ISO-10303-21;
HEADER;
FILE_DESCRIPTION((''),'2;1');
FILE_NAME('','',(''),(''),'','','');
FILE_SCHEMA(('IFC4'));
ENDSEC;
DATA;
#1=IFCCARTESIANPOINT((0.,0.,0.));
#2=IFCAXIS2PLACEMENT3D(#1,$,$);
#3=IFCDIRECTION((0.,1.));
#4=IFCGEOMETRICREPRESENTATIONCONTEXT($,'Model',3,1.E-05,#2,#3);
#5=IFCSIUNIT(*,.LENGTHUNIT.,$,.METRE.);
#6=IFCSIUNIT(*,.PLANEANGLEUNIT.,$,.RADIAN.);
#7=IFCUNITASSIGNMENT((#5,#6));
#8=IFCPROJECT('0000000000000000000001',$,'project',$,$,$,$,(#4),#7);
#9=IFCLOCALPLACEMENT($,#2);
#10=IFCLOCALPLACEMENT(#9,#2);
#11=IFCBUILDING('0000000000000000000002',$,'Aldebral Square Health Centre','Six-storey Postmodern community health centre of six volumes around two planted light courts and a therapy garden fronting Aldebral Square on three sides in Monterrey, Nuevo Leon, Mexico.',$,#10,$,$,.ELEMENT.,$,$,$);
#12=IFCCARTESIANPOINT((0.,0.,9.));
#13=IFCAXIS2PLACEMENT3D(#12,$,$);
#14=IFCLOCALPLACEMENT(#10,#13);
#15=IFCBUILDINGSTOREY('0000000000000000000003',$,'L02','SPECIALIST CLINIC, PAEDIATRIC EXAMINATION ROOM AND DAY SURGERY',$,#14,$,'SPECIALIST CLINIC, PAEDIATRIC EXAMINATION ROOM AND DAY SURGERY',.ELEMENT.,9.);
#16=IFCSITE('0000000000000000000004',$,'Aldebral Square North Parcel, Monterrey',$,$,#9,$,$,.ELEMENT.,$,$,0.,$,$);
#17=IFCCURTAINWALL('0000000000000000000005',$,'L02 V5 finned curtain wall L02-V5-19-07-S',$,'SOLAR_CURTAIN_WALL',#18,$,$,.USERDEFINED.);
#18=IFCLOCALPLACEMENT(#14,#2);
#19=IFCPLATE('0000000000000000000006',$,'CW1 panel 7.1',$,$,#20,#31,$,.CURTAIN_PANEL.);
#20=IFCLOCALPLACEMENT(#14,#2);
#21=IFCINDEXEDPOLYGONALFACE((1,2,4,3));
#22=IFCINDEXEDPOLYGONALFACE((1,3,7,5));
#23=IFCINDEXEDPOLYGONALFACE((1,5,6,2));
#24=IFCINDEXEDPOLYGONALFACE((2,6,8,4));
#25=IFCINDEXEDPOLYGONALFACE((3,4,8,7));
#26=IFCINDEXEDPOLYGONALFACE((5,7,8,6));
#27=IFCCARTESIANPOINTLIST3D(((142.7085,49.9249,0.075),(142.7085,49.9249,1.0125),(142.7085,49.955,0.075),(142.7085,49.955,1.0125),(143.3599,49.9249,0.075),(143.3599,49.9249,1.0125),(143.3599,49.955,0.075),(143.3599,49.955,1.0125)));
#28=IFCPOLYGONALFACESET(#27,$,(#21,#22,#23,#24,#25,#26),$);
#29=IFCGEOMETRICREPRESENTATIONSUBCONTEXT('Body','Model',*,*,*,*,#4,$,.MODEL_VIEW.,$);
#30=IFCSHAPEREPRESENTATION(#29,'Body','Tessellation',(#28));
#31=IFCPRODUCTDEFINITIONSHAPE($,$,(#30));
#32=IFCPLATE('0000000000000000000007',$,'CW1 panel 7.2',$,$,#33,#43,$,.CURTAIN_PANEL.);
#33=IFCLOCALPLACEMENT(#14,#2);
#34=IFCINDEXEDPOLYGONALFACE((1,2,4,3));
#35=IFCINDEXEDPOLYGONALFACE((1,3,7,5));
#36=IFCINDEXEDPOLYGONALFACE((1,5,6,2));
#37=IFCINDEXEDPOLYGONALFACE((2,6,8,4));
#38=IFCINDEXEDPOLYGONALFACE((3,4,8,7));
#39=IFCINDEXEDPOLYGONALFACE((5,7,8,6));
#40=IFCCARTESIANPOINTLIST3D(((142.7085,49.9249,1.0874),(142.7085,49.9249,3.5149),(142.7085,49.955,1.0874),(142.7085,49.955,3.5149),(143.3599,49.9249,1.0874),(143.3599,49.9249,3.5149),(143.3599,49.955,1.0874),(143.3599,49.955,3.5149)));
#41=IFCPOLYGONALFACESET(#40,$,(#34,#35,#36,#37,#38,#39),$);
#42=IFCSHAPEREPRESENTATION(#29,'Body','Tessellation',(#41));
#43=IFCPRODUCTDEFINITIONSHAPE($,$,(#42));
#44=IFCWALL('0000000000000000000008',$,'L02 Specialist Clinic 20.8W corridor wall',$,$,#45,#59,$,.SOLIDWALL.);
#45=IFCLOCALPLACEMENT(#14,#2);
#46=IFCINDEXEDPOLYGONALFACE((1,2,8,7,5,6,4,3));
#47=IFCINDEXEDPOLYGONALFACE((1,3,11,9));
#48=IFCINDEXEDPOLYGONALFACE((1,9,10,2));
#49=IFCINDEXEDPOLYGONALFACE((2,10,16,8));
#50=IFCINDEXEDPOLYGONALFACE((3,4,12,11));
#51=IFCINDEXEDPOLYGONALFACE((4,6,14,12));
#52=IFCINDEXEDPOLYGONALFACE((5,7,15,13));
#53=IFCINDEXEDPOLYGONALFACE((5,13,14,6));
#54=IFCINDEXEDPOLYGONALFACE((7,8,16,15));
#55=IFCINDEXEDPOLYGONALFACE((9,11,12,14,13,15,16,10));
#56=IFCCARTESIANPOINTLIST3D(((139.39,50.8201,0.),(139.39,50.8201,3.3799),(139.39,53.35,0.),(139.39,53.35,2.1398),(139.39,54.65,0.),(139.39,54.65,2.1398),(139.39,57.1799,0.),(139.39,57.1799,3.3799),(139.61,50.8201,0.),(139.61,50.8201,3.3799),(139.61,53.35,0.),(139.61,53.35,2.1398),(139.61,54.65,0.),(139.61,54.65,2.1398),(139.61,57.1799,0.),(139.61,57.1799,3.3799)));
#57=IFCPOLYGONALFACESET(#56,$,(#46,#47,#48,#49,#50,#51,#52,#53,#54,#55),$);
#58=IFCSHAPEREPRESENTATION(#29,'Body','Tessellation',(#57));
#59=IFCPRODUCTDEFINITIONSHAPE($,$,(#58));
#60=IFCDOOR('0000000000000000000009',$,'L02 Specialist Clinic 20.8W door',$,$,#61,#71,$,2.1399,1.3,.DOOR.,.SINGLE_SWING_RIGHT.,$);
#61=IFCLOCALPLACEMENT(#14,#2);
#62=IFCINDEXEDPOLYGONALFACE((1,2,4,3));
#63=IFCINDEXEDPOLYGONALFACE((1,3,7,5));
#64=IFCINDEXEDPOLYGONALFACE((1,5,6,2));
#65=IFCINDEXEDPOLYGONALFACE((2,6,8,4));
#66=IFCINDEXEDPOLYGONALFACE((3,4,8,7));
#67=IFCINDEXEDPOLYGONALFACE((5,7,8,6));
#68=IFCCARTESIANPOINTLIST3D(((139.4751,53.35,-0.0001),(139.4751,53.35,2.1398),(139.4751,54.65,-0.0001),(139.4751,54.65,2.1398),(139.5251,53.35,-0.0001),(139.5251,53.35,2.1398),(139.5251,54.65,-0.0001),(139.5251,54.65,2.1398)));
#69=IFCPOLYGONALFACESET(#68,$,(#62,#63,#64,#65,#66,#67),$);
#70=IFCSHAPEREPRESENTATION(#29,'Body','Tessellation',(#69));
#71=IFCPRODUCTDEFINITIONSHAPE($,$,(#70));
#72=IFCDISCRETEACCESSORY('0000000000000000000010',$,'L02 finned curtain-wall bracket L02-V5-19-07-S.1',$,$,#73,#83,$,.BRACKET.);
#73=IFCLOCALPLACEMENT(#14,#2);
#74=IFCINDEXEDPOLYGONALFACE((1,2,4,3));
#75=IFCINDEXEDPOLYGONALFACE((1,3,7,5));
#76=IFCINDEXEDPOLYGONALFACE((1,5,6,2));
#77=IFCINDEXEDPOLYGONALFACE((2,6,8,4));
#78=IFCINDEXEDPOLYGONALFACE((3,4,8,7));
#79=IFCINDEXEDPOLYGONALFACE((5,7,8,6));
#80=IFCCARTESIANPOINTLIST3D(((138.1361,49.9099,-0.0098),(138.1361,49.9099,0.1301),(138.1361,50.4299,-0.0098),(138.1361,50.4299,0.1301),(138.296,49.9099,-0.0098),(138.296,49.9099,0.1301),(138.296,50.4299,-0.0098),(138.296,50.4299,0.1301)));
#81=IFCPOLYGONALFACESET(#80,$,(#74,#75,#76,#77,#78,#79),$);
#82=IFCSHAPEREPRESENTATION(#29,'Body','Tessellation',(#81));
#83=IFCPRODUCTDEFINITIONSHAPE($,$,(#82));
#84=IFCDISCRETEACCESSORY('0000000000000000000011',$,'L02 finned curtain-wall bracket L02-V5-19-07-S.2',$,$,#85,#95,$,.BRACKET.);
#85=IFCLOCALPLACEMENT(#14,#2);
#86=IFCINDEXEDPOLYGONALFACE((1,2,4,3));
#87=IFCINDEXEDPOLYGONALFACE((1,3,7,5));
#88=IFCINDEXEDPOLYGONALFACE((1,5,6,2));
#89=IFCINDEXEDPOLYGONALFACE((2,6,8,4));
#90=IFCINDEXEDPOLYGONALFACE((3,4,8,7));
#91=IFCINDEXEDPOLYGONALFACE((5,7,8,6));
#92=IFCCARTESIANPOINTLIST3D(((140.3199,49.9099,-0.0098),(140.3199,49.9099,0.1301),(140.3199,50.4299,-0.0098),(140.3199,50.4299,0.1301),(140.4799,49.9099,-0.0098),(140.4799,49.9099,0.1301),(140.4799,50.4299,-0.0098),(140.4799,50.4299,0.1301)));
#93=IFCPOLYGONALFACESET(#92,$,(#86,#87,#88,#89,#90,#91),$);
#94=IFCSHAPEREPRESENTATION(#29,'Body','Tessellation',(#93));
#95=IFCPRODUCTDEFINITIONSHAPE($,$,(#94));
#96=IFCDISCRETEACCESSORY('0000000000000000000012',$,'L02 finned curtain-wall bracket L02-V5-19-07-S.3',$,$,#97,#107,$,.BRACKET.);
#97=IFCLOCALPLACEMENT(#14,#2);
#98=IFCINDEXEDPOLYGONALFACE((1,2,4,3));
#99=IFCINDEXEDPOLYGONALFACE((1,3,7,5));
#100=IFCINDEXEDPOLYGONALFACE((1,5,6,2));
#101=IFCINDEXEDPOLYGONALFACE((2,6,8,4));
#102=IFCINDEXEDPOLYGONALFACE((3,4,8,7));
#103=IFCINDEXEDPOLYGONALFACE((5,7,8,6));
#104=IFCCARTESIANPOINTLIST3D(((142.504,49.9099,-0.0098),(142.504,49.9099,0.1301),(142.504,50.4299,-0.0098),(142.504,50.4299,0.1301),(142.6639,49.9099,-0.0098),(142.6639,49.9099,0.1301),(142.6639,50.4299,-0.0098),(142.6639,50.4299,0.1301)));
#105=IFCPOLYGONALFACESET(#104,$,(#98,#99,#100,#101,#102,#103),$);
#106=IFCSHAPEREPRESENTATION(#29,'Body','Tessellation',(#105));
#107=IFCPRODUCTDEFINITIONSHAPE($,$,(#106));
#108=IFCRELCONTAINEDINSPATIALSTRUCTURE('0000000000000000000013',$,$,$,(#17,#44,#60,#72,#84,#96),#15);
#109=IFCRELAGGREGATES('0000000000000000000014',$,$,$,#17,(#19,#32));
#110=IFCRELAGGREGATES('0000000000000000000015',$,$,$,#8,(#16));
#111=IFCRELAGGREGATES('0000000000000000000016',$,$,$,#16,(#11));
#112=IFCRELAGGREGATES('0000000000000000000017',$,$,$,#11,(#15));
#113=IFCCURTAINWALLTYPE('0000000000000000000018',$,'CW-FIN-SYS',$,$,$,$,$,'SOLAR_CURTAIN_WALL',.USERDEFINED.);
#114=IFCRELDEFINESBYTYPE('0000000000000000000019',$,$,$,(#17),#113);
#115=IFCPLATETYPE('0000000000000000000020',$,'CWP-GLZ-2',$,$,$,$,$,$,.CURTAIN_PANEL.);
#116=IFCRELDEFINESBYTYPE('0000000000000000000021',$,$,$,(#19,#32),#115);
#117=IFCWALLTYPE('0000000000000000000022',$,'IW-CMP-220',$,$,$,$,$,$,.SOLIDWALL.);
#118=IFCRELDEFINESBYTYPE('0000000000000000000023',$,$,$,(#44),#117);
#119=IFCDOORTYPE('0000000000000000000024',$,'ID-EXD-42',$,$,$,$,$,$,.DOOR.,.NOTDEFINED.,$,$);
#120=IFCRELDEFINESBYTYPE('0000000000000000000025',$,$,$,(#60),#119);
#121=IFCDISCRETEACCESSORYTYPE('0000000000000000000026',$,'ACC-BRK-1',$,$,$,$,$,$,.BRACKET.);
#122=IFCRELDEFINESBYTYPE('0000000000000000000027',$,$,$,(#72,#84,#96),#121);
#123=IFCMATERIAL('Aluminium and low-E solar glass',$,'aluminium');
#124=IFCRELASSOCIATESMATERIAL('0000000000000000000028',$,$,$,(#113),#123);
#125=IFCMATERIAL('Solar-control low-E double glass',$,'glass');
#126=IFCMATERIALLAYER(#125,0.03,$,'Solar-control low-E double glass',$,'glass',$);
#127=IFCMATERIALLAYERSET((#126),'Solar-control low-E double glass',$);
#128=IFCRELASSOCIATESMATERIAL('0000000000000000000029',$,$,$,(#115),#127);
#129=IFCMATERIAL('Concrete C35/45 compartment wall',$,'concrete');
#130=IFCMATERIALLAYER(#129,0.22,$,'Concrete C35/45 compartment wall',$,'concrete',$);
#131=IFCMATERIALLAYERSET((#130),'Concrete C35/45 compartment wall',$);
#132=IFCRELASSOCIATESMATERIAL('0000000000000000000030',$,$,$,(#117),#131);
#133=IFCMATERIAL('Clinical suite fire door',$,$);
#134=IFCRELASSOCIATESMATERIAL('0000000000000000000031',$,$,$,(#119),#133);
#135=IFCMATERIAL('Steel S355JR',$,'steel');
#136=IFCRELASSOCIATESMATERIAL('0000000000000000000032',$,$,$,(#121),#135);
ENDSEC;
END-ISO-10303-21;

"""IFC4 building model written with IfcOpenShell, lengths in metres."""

from ifc_helpers import new_model, si_unit, direction, frame, frame_2d, origin, origin_2d, place, context, subcontext, project, spatial, rectangle, extrude, material, layer, layer_set, type_object, element, fill, aggregate, save


model = new_model("IFC4")

# Units and contexts
model_context = context("Model", 3, precision=1e-05, world=origin(), true_north=direction((0.0, 1.0)))
body_context = subcontext(model_context, "Body", "Model", "MODEL_VIEW")
ifc_project = project(units=[si_unit("LENGTHUNIT", "METRE"), si_unit("PLANEANGLEUNIT", "RADIAN")], contexts=[model_context])

# Site, building, storey
site_placement = place(None, origin())
site = spatial("IfcSite", under=ifc_project, at=site_placement, Name="Aldebral Square North Parcel, Monterrey", CompositionType="ELEMENT", RefElevation=0.0)
building_placement = place(site_placement, origin())
building = spatial("IfcBuilding", under=site, at=building_placement, Name="Aldebral Square Health Centre", Description="Six-storey Postmodern community health centre of six volumes around two planted light courts and a therapy garden fronting Aldebral Square on three sides in Monterrey, Nuevo Leon, Mexico.", CompositionType="ELEMENT")
storey_placement = place(building_placement, frame((0.0, 0.0, 9.0)))
storey = spatial("IfcBuildingStorey", under=building, at=storey_placement, Name="L02", Description="SPECIALIST CLINIC, PAEDIATRIC EXAMINATION ROOM AND DAY SURGERY", LongName="SPECIALIST CLINIC, PAEDIATRIC EXAMINATION ROOM AND DAY SURGERY", CompositionType="ELEMENT", Elevation=9.0)

# Curtain wall, plates
ifc_material_1 = material(Name="Aluminium and low-E solar glass", Category="aluminium")
curtain_wall_type = type_object("IfcCurtainWallType", Name="CW-FIN-SYS", ElementType="SOLAR_CURTAIN_WALL", PredefinedType="USERDEFINED", material=ifc_material_1)
curtain_wall_placement = place(storey_placement, origin())
curtain_wall = element("IfcCurtainWall", 1, at=curtain_wall_placement, inside=storey, type_object=curtain_wall_type, Name="L02 V5 finned curtain wall L02-V5-19-07-S", ObjectType="SOLAR_CURTAIN_WALL", PredefinedType="USERDEFINED")
ifc_material_2 = material(Name="Solar-control low-E double glass", Category="glass")
ifc_layer_1 = layer(ifc_material_2, 0.03, Name="Solar-control low-E double glass", Category="glass")
ifc_layer_set_1 = layer_set([ifc_layer_1], Name="Solar-control low-E double glass")
plate_type = type_object("IfcPlateType", Name="CWP-GLZ-2", PredefinedType="CURTAIN_PANEL", material=ifc_layer_set_1)
plate_1_placement = place(storey_placement, frame((143.0342, 49.9399, 0.075), z_axis=(0.0, 0.0, 1.0), x_axis=(1.0, 0.0, 0.0)))
plate_1 = element("IfcPlate", 2, at=plate_1_placement, type_object=plate_type, Name="CW1 panel 7.1", PredefinedType="CURTAIN_PANEL", context=body_context, shape_type="SweptSolid", body=[
    extrude(rectangle(XDim=0.6514, YDim=0.03, at=origin_2d()), origin(), (0.0, 0.0, 1.0), 0.9375),
])
plate_2_placement = place(storey_placement, frame((143.0342, 49.9399, 1.0874), z_axis=(0.0, 0.0, 1.0), x_axis=(1.0, 0.0, 0.0)))
plate_2 = element("IfcPlate", 3, at=plate_2_placement, type_object=plate_type, Name="CW1 panel 7.2", PredefinedType="CURTAIN_PANEL", context=body_context, shape_type="SweptSolid", body=[
    extrude(rectangle(XDim=0.6514, YDim=0.03, at=origin_2d()), origin(), (0.0, 0.0, 1.0), 2.4275),
])
aggregate(curtain_wall, [plate_1, plate_2])

# Wall, opening, door
ifc_material_3 = material(Name="Concrete C35/45 compartment wall", Category="concrete")
ifc_layer_2 = layer(ifc_material_3, 0.22, Name="Concrete C35/45 compartment wall", Category="concrete")
ifc_layer_set_2 = layer_set([ifc_layer_2], Name="Concrete C35/45 compartment wall")
wall_type = type_object("IfcWallType", Name="IW-CMP-220", PredefinedType="SOLIDWALL", material=ifc_layer_set_2)
wall_placement = place(storey_placement, frame((139.5, 50.8201, 0.0), z_axis=(0.0, 0.0, 1.0), x_axis=(0.0, 1.0, 0.0)))
wall = element("IfcWall", 4, at=wall_placement, inside=storey, type_object=wall_type, Name="L02 Specialist Clinic 20.8W corridor wall", PredefinedType="SOLIDWALL", context=body_context, shape_type="SweptSolid", body=[
    extrude(rectangle(XDim=6.3599, YDim=0.22, at=frame_2d((3.1799, 0.0))), origin(), (0.0, 0.0, 1.0), 3.3799),
])
opening_placement = place(wall_placement, frame((2.53, 0.0, 0.0)))
opening = element("IfcOpeningElement", 5, at=opening_placement, cuts=wall, PredefinedType="OPENING", context=body_context, shape_type="SweptSolid", body=[
    extrude(rectangle(XDim=1.3, YDim=2.1399, at=frame_2d((0.6499, 1.0698))), frame((0.0, 0.1201, 0.0), z_axis=(0.0, -1.0, 0.0), x_axis=(1.0, 0.0, 0.0)), (0.0, 0.0, 1.0), 0.24),
])
ifc_material_4 = material(Name="Clinical suite fire door")
door_type = type_object("IfcDoorType", Name="ID-EXD-42", OperationType="NOTDEFINED", PredefinedType="DOOR", material=ifc_material_4)
door_placement = place(opening_placement, origin())
door = element("IfcDoor", 6, at=door_placement, inside=storey, type_object=door_type, Name="L02 Specialist Clinic 20.8W door", OperationType="SINGLE_SWING_RIGHT", OverallHeight=2.1399, OverallWidth=1.3, PredefinedType="DOOR", context=body_context, shape_type="SweptSolid", body=[
    extrude(rectangle(XDim=1.3, YDim=2.1399, at=frame_2d((0.6499, 1.0698))), frame((0.0, 0.0249, 0.0), z_axis=(0.0, -1.0, 0.0), x_axis=(1.0, 0.0, 0.0)), (0.0, 0.0, 1.0), 0.05),
])
fill(opening, door)

# Discrete accessories
ifc_material_5 = material(Name="Steel S355JR", Category="steel")
discrete_accessory_type = type_object("IfcDiscreteAccessoryType", Name="ACC-BRK-1", PredefinedType="BRACKET", material=ifc_material_5)
for number, where, z_axis, x_axis, name in (
    (7, (138.2161, 50.1699, -0.0098), (0.0, 0.0, 1.0), (1.0, 0.0, 0.0), "L02 finned curtain-wall bracket L02-V5-19-07-S.1"),
    (8, (140.3999, 50.1699, -0.0098), (0.0, 0.0, 1.0), (1.0, 0.0, 0.0), "L02 finned curtain-wall bracket L02-V5-19-07-S.2"),
    (9, (142.584, 50.1699, -0.0098), (0.0, 0.0, 1.0), (1.0, 0.0, 0.0), "L02 finned curtain-wall bracket L02-V5-19-07-S.3"),
):
    element("IfcDiscreteAccessory", number, at=place(storey_placement, frame(where, z_axis=z_axis, x_axis=x_axis)), inside=storey, type_object=discrete_accessory_type, Name=name, PredefinedType="BRACKET", context=body_context, shape_type="SweptSolid", body=[
        extrude(rectangle(XDim=0.1599, YDim=0.52, at=origin_2d()), origin(), (0.0, 0.0, 1.0), 0.1399),
    ])

save(model, "model.ifc")
